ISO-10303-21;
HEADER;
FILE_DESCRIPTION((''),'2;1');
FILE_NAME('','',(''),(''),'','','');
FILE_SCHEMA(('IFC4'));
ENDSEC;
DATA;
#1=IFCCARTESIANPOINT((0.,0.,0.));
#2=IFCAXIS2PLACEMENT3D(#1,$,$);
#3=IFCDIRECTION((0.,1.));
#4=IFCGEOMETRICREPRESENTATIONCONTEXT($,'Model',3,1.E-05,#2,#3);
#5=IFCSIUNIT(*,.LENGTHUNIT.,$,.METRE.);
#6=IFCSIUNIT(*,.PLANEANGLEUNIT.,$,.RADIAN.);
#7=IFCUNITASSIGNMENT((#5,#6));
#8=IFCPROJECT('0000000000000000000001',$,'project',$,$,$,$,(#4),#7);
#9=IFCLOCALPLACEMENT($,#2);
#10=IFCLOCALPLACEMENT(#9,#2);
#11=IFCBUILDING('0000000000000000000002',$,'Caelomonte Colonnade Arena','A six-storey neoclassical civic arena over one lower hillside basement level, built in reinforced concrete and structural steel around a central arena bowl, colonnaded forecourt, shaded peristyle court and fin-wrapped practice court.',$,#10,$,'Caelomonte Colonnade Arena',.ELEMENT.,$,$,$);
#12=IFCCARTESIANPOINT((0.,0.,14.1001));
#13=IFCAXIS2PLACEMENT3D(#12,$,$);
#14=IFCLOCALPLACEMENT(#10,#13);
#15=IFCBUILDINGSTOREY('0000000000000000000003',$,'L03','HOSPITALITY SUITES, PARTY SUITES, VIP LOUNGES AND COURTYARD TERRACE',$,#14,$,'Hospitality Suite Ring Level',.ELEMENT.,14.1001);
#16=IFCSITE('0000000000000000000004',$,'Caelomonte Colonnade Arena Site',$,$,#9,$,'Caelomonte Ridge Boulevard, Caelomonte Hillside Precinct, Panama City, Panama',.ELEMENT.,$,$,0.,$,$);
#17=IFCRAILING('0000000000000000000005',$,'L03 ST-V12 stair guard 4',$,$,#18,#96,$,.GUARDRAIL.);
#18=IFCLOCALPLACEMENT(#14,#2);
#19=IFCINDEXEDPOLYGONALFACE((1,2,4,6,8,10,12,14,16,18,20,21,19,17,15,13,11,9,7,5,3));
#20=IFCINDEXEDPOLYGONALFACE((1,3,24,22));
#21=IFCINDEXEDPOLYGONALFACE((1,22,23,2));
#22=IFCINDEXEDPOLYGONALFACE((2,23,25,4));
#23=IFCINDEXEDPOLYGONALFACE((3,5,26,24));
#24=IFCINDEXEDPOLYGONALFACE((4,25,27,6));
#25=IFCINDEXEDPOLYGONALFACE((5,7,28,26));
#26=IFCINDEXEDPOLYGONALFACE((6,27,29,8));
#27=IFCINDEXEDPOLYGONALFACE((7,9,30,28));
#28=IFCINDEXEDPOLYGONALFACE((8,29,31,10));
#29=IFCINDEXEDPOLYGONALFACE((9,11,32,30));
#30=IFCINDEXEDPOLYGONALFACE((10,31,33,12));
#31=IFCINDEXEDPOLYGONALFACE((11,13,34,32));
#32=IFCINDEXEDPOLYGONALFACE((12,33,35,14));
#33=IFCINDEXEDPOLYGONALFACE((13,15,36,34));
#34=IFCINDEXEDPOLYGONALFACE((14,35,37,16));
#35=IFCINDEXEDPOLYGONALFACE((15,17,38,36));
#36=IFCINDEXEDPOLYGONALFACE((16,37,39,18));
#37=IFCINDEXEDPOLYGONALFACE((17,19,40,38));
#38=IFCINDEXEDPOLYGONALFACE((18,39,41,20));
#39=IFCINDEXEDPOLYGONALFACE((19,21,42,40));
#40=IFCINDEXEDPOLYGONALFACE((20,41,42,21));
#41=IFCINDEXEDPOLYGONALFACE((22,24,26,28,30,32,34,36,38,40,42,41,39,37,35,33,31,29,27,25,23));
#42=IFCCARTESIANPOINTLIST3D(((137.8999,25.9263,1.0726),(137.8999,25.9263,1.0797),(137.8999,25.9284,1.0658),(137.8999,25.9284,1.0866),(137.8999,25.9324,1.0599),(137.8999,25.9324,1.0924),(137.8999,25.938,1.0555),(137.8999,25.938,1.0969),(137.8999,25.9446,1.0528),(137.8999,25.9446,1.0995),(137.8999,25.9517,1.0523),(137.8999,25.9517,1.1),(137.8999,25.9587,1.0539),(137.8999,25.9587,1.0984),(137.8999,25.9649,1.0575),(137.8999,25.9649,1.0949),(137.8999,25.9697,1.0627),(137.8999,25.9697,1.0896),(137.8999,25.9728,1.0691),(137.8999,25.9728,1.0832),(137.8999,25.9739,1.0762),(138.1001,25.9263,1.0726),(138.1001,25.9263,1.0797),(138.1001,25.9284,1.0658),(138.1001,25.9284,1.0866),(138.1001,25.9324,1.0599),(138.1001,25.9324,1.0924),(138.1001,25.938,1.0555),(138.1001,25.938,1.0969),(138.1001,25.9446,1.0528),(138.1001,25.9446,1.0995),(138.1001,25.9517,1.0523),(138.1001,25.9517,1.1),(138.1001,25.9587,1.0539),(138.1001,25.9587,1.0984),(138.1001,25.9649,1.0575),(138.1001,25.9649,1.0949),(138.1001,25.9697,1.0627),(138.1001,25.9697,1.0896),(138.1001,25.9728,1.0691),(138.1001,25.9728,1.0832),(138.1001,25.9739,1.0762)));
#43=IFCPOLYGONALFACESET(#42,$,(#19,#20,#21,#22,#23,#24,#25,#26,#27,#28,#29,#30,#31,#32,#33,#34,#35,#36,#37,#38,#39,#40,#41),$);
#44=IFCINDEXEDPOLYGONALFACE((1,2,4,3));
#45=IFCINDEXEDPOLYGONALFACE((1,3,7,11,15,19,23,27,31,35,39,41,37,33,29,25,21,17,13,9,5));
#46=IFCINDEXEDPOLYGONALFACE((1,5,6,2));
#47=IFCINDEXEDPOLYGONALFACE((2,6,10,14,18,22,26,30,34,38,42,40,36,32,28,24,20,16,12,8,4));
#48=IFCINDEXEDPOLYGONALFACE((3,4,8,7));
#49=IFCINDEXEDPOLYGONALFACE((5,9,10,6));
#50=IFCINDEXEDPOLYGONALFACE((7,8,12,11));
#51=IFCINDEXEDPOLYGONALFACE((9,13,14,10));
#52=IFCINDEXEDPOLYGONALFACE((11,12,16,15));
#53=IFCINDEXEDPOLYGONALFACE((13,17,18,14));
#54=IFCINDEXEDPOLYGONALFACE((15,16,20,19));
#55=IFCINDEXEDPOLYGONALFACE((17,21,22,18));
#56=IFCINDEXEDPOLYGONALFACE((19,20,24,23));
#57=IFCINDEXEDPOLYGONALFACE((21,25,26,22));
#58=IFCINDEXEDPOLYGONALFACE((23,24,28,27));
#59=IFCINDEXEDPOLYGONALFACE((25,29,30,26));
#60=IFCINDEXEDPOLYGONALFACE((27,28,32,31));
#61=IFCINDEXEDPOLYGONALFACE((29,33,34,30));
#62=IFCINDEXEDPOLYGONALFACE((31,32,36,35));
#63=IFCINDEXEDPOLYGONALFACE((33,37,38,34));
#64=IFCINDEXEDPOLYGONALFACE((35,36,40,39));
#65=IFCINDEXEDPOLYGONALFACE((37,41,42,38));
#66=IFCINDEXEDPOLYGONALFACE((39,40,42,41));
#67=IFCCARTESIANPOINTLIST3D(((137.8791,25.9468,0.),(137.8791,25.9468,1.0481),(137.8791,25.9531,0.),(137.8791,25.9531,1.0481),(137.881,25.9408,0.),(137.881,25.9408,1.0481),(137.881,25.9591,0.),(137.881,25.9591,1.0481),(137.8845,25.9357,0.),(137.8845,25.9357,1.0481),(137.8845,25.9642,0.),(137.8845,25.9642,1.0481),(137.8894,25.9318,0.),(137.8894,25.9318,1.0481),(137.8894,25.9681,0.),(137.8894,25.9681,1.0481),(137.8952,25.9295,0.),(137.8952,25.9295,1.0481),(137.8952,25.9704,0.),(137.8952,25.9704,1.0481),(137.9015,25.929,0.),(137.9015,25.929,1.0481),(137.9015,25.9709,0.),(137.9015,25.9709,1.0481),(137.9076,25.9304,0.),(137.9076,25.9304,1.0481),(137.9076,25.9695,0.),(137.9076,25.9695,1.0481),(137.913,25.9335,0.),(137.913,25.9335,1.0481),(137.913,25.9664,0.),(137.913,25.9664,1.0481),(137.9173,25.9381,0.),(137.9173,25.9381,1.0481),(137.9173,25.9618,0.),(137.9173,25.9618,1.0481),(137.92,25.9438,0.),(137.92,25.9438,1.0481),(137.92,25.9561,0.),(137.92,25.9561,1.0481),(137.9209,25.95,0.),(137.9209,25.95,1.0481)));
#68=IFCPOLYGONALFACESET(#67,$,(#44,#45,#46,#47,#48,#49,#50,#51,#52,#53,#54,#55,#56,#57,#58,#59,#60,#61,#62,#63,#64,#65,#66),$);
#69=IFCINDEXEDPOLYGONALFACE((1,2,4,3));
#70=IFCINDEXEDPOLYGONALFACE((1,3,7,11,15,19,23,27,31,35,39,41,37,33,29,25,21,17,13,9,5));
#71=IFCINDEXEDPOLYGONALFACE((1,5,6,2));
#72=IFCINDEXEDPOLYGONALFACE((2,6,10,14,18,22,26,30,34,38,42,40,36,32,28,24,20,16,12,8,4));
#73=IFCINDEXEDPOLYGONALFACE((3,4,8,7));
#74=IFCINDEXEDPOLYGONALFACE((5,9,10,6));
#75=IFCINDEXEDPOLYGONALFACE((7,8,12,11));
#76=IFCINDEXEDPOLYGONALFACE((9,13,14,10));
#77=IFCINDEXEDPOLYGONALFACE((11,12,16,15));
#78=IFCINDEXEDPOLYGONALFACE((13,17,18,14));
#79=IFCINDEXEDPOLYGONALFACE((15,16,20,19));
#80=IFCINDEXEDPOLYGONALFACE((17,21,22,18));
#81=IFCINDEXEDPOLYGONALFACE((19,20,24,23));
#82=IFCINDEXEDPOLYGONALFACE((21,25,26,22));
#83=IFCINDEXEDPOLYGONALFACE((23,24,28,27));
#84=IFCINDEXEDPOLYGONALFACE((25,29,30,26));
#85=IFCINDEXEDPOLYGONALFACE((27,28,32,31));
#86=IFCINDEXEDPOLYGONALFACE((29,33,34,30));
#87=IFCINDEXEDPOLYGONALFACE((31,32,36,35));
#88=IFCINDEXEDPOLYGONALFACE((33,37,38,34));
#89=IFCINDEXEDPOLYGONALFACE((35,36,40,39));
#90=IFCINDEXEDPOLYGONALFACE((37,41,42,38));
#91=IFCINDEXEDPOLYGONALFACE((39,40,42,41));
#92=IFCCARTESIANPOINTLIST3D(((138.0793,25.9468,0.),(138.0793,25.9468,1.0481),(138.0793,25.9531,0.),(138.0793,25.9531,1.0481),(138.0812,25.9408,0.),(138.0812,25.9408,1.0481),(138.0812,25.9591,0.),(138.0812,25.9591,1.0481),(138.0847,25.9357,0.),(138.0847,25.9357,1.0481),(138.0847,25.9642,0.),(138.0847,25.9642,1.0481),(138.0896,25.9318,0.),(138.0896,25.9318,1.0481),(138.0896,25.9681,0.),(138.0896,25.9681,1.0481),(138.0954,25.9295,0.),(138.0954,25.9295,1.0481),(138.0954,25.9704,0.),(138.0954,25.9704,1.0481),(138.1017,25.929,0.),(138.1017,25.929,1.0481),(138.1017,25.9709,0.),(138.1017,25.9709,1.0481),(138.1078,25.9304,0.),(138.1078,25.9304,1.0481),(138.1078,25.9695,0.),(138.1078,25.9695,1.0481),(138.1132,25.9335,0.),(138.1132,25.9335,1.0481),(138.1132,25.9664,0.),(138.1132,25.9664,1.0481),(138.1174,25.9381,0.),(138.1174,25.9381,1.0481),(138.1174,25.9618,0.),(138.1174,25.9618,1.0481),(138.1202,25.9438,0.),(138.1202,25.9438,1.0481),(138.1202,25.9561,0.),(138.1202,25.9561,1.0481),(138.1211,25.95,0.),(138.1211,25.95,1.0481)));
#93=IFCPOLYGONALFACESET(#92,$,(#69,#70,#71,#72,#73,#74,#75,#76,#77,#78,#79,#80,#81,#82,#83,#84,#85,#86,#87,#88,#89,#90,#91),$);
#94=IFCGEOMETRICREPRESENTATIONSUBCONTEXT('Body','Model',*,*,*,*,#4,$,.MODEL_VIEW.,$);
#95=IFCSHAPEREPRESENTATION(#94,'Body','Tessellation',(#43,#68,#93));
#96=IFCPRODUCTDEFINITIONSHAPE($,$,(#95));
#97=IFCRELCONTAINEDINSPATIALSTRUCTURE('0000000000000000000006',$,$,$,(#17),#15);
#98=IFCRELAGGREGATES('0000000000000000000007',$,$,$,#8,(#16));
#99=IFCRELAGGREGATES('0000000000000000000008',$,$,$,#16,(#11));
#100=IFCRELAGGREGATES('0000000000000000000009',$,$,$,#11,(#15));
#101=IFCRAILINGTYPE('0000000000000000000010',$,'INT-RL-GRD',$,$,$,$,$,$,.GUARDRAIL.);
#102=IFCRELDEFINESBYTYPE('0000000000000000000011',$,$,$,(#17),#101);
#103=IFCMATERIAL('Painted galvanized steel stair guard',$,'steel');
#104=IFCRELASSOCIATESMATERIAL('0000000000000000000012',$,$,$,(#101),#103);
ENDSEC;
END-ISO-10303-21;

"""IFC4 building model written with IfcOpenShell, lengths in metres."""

from ifc_helpers import new_model, si_unit, direction, frame, origin, origin_2d, place, context, subcontext, project, spatial, circle, extrude, material, type_object, element, save


model = new_model("IFC4")

# Units and contexts
model_context = context("Model", 3, precision=1e-05, world=origin(), true_north=direction((0.0, 1.0)))
body_context = subcontext(model_context, "Body", "Model", "MODEL_VIEW")
ifc_project = project(units=[si_unit("LENGTHUNIT", "METRE"), si_unit("PLANEANGLEUNIT", "RADIAN")], contexts=[model_context])

# Site, building, storey
site_placement = place(None, origin())
site = spatial("IfcSite", under=ifc_project, at=site_placement, Name="Caelomonte Colonnade Arena Site", LongName="Caelomonte Ridge Boulevard, Caelomonte Hillside Precinct, Panama City, Panama", CompositionType="ELEMENT", RefElevation=0.0)
building_placement = place(site_placement, origin())
building = spatial("IfcBuilding", under=site, at=building_placement, Name="Caelomonte Colonnade Arena", Description="A six-storey neoclassical civic arena over one lower hillside basement level, built in reinforced concrete and structural steel around a central arena bowl, colonnaded forecourt, shaded peristyle court and fin-wrapped practice court.", LongName="Caelomonte Colonnade Arena", CompositionType="ELEMENT")
storey_placement = place(building_placement, frame((0.0, 0.0, 14.1001)))
storey = spatial("IfcBuildingStorey", under=building, at=storey_placement, Name="L03", Description="HOSPITALITY SUITES, PARTY SUITES, VIP LOUNGES AND COURTYARD TERRACE", LongName="Hospitality Suite Ring Level", CompositionType="ELEMENT", Elevation=14.1001)

# Railing
ifc_material_1 = material(Name="Painted galvanized steel stair guard", Category="steel")
railing_type_1 = type_object("IfcRailingType", Name="INT-RL-GRD", PredefinedType="GUARDRAIL", material=ifc_material_1)
railing_1_placement = place(storey_placement, frame((137.8999, 25.95, 0.0)))
element("IfcRailing", 1, at=railing_1_placement, inside=storey, type_object=railing_type_1, Name="L03 ST-V12 stair guard 4", PredefinedType="GUARDRAIL", context=body_context, shape_type="SweptSolid", body=[
    extrude(circle(Radius=0.0239, at=origin_2d()), frame((0.0, 0.0, 1.0762), z_axis=(1.0, 0.0, 0.0), x_axis=(0.0, 1.0, 0.0)), (0.0, 0.0, 1.0), 0.2002),
    extrude(circle(Radius=0.021, at=origin_2d()), origin(), (0.0, 0.0, 1.0), 1.0481),
    extrude(circle(Radius=0.021, at=origin_2d()), frame((0.2002, 0.0, 0.0)), (0.0, 0.0, 1.0), 1.0481),
])

save(model, "model.ifc")
